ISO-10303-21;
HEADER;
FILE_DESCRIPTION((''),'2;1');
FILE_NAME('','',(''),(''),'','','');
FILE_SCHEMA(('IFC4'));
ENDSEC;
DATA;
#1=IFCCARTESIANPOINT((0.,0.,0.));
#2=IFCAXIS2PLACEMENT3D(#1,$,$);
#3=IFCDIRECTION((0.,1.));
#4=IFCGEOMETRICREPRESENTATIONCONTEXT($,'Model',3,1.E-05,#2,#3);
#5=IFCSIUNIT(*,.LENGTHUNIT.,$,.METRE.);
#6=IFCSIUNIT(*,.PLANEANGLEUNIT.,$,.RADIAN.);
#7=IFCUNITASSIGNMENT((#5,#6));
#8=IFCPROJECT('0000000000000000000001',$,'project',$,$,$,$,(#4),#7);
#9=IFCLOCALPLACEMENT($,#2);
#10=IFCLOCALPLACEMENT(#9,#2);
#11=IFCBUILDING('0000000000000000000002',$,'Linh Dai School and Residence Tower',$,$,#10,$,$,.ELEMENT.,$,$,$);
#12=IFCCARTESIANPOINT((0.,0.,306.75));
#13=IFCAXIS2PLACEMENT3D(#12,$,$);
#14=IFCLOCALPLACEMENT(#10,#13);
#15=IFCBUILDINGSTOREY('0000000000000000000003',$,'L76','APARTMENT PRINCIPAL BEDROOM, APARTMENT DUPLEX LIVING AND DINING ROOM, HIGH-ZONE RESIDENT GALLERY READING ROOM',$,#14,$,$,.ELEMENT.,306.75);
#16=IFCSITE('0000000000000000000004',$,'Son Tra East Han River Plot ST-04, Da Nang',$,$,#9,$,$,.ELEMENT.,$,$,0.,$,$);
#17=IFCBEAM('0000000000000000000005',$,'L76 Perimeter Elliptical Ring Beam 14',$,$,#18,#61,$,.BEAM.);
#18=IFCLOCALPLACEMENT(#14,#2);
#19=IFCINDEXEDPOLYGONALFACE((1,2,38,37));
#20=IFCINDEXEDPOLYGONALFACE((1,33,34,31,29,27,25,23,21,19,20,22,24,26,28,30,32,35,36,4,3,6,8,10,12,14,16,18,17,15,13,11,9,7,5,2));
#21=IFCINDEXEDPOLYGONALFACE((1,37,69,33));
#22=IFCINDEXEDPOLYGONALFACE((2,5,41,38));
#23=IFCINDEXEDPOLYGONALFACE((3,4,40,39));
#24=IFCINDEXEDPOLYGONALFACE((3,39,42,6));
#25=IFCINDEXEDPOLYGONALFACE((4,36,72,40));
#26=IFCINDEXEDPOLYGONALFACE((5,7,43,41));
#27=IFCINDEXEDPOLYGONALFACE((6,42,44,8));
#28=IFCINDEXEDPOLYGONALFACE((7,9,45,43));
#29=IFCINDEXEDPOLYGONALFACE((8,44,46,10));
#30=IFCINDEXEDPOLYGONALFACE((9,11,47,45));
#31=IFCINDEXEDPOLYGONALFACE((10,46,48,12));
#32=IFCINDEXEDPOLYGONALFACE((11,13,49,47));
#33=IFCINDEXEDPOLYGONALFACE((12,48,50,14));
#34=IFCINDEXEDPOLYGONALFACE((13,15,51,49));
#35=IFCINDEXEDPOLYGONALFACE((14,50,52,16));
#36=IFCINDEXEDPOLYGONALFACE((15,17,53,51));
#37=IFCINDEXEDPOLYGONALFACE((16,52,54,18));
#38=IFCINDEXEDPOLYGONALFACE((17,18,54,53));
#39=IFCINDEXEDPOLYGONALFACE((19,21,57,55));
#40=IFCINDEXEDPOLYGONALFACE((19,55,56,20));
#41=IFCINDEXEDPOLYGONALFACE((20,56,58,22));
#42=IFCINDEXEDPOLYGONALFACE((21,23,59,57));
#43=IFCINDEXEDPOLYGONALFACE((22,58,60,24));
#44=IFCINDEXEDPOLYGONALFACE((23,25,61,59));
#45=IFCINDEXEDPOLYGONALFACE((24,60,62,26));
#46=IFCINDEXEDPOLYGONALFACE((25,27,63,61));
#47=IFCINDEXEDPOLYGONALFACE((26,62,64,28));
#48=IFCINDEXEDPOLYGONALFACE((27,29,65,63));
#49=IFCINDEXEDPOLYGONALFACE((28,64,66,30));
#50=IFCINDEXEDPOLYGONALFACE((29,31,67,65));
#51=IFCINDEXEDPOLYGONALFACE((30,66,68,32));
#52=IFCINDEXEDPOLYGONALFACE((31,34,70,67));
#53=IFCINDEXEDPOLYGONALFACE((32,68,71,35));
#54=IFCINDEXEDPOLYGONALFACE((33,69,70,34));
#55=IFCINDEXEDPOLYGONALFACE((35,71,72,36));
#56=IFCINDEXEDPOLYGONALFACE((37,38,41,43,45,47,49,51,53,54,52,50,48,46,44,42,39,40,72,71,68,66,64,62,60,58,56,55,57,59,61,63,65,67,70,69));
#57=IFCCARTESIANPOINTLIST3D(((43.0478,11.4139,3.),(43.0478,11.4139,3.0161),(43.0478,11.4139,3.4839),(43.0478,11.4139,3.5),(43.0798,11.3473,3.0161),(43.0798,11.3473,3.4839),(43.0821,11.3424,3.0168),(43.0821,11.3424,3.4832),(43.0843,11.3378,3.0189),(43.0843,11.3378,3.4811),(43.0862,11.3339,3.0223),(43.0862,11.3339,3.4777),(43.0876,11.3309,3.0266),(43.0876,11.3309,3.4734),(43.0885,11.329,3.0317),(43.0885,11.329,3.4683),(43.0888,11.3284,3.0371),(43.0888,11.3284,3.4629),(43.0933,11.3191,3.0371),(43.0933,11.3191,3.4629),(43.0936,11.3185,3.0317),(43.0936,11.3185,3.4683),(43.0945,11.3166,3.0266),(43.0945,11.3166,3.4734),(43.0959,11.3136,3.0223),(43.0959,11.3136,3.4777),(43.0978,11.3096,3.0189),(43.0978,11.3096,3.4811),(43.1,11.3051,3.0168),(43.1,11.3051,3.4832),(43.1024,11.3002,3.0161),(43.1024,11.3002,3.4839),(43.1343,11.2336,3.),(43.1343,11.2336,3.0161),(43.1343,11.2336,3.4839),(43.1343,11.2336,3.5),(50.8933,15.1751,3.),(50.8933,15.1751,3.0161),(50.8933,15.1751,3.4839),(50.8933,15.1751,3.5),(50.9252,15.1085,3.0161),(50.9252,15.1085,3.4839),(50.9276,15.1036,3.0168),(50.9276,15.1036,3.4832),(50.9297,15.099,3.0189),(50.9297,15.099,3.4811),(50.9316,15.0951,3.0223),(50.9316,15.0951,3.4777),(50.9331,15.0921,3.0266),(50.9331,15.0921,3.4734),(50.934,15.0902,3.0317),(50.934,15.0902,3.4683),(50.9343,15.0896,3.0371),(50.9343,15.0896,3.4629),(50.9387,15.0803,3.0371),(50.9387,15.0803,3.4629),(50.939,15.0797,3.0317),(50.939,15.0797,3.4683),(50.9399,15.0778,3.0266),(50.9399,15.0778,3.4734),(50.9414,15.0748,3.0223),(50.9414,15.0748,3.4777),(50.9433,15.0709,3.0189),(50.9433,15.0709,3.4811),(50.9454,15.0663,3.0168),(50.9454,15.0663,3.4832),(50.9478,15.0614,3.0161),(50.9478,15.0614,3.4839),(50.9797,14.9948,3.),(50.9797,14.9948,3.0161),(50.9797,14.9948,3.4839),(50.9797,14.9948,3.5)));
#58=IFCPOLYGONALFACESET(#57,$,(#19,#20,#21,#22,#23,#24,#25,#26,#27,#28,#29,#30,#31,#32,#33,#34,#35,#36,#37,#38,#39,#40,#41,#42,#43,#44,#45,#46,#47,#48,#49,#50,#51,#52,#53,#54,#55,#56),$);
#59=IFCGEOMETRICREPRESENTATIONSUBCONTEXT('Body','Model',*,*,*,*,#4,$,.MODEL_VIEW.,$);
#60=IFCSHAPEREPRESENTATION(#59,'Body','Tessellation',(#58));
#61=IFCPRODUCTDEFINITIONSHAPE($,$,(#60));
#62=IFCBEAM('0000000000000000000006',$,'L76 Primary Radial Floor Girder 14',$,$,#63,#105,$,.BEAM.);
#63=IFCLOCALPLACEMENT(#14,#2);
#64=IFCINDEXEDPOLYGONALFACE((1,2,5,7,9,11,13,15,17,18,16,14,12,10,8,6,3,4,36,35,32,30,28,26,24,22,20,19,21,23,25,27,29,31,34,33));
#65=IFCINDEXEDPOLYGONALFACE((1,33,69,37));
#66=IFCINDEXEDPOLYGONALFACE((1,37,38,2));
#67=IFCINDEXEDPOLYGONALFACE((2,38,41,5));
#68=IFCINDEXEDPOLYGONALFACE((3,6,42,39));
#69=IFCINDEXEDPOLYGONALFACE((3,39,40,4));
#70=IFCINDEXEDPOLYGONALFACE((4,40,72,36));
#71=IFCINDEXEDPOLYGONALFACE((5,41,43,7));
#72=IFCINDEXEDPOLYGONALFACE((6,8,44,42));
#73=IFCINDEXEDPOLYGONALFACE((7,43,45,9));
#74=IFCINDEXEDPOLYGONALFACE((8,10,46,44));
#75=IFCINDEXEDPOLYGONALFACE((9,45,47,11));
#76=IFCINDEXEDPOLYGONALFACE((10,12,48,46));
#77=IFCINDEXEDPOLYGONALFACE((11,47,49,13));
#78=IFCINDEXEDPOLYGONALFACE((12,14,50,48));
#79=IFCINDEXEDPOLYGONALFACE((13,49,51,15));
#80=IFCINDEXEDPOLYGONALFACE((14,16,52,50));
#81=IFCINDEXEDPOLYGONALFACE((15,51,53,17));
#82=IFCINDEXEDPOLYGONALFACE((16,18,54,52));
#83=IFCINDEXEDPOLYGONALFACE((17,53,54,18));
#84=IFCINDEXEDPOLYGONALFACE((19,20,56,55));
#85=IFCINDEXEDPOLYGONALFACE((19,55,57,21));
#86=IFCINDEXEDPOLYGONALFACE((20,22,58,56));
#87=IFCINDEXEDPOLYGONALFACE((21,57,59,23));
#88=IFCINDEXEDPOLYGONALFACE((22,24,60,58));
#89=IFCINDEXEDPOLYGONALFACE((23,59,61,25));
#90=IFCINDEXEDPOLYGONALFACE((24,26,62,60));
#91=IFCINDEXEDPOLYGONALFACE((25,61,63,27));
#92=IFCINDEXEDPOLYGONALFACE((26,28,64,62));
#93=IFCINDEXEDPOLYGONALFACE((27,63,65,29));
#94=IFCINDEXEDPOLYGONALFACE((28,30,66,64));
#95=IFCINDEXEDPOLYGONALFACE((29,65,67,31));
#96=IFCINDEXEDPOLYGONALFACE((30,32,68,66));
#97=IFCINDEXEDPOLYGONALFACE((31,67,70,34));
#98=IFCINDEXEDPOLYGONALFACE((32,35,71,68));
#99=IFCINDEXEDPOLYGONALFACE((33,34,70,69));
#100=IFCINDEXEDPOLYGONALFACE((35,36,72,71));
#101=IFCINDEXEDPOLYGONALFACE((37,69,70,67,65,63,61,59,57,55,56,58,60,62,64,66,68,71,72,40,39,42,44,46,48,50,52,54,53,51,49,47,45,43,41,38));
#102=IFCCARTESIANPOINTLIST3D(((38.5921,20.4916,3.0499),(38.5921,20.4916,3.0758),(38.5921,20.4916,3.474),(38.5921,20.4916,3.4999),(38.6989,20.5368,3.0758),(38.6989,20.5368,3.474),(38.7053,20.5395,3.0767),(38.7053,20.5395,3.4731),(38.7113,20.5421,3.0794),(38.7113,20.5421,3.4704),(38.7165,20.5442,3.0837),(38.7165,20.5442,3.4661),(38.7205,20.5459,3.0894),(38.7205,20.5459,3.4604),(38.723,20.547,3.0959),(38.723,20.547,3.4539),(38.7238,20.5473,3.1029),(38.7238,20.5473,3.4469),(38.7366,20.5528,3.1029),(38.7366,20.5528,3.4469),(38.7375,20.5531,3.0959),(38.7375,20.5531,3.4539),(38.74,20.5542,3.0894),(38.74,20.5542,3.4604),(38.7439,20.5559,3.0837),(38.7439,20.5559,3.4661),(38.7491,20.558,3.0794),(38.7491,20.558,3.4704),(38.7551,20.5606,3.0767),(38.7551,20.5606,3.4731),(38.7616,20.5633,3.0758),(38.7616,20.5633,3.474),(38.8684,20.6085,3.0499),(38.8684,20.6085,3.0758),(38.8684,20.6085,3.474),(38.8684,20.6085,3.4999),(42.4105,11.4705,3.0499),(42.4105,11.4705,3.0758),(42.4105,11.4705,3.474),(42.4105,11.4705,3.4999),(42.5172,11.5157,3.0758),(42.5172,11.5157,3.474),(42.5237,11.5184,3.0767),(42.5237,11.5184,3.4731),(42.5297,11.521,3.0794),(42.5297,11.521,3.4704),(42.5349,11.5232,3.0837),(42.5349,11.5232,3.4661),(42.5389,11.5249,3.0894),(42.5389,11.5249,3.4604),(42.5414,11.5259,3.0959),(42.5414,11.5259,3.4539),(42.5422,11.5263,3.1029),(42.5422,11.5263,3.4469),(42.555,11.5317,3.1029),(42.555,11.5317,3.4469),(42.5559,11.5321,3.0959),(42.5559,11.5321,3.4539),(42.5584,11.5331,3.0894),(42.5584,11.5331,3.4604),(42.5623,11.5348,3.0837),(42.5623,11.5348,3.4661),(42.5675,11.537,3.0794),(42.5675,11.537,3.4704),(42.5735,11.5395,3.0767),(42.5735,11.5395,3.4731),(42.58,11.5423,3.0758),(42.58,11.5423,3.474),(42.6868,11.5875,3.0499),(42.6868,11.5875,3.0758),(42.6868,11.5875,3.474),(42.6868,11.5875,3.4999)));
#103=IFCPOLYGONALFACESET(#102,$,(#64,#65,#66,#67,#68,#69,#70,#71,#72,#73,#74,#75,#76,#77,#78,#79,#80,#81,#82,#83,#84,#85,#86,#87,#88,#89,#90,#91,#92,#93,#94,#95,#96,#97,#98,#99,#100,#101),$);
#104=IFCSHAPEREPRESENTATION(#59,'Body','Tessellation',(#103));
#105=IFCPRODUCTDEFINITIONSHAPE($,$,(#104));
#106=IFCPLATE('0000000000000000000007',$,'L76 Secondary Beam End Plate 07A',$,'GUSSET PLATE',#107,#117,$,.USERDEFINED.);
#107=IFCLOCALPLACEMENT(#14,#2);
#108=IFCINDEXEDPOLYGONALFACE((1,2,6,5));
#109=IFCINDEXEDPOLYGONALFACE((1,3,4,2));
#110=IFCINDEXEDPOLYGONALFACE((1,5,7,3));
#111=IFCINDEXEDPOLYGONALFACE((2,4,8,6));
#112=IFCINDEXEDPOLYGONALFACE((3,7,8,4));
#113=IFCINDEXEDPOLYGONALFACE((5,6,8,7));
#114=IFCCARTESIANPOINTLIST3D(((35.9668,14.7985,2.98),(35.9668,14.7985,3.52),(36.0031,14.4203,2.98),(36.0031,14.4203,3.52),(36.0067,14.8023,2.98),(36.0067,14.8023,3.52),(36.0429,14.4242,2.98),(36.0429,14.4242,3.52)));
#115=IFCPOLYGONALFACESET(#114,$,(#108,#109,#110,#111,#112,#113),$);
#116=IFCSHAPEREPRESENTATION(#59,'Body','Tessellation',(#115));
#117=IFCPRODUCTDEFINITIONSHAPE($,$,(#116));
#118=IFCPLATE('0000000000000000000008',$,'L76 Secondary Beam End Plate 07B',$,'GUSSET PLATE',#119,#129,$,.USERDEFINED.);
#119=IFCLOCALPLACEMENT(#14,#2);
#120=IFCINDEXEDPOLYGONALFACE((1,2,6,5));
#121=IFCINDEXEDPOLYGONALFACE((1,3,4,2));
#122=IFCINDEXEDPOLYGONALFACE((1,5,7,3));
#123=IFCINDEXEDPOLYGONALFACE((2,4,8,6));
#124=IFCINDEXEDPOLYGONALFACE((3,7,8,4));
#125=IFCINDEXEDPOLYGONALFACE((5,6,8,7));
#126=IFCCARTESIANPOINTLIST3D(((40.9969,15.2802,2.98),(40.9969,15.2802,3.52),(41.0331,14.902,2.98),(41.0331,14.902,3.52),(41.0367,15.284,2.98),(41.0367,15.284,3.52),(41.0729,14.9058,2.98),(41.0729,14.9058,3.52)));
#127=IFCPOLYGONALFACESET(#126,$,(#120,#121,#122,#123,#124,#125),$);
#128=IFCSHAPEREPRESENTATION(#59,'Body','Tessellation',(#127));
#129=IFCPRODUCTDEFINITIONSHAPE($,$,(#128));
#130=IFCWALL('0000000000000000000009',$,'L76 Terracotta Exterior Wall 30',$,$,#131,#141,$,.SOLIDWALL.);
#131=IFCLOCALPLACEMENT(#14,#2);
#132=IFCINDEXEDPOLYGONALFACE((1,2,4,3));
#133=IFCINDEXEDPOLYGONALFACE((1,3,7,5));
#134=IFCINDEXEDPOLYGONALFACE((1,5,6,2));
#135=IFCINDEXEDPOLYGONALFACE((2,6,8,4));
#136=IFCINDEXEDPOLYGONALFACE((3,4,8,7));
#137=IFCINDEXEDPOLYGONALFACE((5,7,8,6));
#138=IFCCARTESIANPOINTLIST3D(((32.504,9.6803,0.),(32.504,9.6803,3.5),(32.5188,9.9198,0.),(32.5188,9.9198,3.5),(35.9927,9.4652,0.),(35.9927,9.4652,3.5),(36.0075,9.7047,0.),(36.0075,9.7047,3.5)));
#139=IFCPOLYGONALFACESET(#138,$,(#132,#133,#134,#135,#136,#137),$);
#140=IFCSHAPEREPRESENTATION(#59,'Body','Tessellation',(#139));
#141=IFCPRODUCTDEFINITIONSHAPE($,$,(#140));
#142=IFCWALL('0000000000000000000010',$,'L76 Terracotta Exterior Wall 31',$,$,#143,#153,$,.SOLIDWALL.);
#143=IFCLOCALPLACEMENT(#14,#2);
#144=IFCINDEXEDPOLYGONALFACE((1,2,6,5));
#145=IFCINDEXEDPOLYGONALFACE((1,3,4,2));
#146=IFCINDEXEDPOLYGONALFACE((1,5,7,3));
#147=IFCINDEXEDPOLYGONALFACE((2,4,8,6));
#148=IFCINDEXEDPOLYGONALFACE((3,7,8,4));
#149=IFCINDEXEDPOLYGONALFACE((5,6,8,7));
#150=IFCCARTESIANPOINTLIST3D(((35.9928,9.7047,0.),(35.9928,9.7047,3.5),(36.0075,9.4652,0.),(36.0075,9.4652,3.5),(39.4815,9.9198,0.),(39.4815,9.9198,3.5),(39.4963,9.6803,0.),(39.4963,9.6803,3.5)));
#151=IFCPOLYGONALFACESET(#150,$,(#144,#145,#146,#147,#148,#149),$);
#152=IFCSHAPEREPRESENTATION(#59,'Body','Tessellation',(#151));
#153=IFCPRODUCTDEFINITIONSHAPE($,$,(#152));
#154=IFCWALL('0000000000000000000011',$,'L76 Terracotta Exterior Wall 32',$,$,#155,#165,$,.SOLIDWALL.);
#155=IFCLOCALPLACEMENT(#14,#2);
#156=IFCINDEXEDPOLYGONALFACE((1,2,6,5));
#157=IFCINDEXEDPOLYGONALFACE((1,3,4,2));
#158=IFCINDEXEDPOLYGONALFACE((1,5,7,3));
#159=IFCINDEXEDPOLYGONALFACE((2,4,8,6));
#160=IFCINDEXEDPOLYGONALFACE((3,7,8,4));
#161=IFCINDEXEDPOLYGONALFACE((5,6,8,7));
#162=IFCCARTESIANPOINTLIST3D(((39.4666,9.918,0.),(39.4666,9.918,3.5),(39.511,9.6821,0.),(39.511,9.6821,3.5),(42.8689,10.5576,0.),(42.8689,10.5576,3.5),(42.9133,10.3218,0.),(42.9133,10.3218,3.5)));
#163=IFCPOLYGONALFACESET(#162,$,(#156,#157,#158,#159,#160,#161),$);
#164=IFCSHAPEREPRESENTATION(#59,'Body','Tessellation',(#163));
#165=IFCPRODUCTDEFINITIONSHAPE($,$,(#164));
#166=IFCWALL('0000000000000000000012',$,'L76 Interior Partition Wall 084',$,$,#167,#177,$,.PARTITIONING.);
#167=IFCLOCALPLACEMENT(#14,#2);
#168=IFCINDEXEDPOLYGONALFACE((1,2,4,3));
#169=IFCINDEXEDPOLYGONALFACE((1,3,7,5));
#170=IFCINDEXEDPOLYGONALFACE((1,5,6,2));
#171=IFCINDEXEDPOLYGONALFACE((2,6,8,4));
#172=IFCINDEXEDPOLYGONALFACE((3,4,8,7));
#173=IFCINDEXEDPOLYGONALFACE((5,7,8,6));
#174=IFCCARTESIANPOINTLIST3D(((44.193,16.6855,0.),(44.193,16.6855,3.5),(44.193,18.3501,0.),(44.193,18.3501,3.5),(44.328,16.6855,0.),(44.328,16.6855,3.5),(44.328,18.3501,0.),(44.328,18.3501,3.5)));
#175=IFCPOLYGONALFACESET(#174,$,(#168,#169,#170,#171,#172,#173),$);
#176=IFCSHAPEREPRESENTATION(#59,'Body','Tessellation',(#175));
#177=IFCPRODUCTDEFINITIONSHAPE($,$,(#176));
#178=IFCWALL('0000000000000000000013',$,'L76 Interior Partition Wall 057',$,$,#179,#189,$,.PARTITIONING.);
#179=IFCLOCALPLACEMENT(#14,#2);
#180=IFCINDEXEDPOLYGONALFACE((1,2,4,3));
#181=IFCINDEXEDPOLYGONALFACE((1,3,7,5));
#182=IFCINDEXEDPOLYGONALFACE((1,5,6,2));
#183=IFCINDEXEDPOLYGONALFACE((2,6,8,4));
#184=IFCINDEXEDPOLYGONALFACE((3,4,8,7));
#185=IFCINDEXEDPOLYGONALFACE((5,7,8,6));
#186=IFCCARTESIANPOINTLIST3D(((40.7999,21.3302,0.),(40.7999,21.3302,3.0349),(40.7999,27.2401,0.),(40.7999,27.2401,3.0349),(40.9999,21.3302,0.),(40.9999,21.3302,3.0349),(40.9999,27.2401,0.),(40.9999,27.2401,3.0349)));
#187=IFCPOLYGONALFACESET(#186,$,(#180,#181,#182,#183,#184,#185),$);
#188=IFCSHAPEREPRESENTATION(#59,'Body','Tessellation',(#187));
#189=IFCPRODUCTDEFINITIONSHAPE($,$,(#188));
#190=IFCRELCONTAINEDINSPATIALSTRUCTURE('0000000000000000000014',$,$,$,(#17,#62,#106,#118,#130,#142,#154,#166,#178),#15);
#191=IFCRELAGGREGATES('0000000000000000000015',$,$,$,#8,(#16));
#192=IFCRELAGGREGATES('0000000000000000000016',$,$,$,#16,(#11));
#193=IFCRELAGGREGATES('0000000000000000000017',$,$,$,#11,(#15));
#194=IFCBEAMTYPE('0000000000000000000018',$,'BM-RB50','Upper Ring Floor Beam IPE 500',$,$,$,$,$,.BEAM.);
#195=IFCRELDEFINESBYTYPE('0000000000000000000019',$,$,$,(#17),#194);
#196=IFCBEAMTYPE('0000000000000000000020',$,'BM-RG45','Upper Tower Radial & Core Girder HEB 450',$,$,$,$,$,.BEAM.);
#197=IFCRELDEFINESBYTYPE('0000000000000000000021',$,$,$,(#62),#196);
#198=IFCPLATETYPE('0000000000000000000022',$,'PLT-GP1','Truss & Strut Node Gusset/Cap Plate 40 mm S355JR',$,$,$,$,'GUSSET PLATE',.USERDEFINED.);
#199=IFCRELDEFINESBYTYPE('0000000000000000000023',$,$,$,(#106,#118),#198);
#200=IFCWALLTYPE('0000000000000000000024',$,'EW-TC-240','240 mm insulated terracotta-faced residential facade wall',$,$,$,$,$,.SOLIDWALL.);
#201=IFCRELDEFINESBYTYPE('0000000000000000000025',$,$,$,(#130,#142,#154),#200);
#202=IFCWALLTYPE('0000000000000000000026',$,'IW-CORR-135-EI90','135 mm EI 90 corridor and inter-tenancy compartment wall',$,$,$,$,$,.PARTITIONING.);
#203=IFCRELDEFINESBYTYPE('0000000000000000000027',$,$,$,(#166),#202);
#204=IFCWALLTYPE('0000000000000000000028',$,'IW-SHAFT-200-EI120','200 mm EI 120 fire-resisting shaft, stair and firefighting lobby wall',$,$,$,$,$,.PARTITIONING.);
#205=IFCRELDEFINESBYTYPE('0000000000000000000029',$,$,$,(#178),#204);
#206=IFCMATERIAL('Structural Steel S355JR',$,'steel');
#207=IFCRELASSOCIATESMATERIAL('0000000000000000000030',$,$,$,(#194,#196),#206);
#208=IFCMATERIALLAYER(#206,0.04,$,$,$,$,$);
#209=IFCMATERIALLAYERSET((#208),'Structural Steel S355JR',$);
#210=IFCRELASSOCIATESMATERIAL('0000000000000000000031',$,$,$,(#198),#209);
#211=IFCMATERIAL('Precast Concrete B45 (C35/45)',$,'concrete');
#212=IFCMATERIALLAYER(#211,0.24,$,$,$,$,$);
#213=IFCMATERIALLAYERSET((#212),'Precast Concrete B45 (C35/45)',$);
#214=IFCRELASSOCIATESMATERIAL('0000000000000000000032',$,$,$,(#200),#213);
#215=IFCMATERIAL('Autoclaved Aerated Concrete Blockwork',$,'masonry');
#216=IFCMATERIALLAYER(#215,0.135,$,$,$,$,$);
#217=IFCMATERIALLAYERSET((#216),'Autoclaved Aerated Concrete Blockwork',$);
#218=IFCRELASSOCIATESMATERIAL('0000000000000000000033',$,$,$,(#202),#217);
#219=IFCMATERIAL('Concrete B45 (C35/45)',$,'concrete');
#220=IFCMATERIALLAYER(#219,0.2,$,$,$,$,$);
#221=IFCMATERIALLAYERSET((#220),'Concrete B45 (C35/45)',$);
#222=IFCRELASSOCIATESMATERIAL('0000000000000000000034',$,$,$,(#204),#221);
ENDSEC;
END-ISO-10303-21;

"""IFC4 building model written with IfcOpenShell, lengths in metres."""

from ifc_helpers import new_model, si_unit, direction, frame, frame_2d, origin, origin_2d, place, context, subcontext, project, spatial, rectangle, i_section, extrude, source, transform, mapped, material, layer, layer_set, material_profile, profile_set, type_object, element, save


model = new_model("IFC4")

# Units and contexts
model_context = context("Model", 3, precision=1e-05, world=origin(), true_north=direction((0.0, 1.0)))
body_context = subcontext(model_context, "Body", "Model", "MODEL_VIEW")
ifc_project = project(units=[si_unit("LENGTHUNIT", "METRE"), si_unit("PLANEANGLEUNIT", "RADIAN")], contexts=[model_context])

# Site, building, storey
site_placement = place(None, origin())
site = spatial("IfcSite", under=ifc_project, at=site_placement, Name="Son Tra East Han River Plot ST-04, Da Nang", CompositionType="ELEMENT", RefElevation=0.0)
building_placement = place(site_placement, origin())
building = spatial("IfcBuilding", under=site, at=building_placement, Name="Linh Dai School and Residence Tower", CompositionType="ELEMENT")
storey_placement = place(building_placement, frame((0.0, 0.0, 306.75)))
storey = spatial("IfcBuildingStorey", under=building, at=storey_placement, Name="L76", Description="APARTMENT PRINCIPAL BEDROOM, APARTMENT DUPLEX LIVING AND DINING ROOM, HIGH-ZONE RESIDENT GALLERY READING ROOM", CompositionType="ELEMENT", Elevation=306.75)

# Shared definitions
ifc_material_1 = material(Name="Structural Steel S355JR", Category="steel")

# Beams
ifc_material_profile_1 = material_profile(ifc_material_1, i_section(OverallWidth=0.2, OverallDepth=0.5, WebThickness=0.0103, FlangeThickness=0.0161, FilletRadius=0.021, at=origin_2d()), Name="IPE 500")
ifc_profile_set_1 = profile_set([ifc_material_profile_1], Name="Structural Steel S355JR")
beam_type_1 = type_object("IfcBeamType", Name="BM-RB50", Description="Upper Ring Floor Beam IPE 500", PredefinedType="BEAM", material=ifc_profile_set_1)
beam_1_placement = place(storey_placement, frame((43.0911, 11.3237, 3.25), z_axis=(0.901729, 0.432302, 0.0), x_axis=(-0.432302, 0.901729, 0.0)))
element("IfcBeam", 1, at=beam_1_placement, inside=storey, type_object=beam_type_1, Name="L76 Perimeter Elliptical Ring Beam 14", PredefinedType="BEAM", context=body_context, shape_type="SweptSolid", body=[
    extrude(i_section(OverallWidth=0.2, OverallDepth=0.5, WebThickness=0.0103, FlangeThickness=0.0161, FilletRadius=0.021, at=origin_2d()), origin(), (0.0, 0.0, 1.0), 8.7004),
])
ifc_material_profile_2 = material_profile(ifc_material_1, i_section(OverallWidth=0.3, OverallDepth=0.45, WebThickness=0.0139, FlangeThickness=0.0259, FilletRadius=0.0271, at=origin_2d()), Name="HEB 450")
ifc_profile_set_2 = profile_set([ifc_material_profile_2], Name="Structural Steel S355JR")
beam_type_2 = type_object("IfcBeamType", Name="BM-RG45", Description="Upper Tower Radial & Core Girder HEB 450", PredefinedType="BEAM", material=ifc_profile_set_2)
beam_2_placement = place(storey_placement, frame((38.7302, 20.55, 3.2749), z_axis=(0.389794, -0.920902, 0.0), x_axis=(0.920902, 0.389794, 0.0)))
element("IfcBeam", 2, at=beam_2_placement, inside=storey, type_object=beam_type_2, Name="L76 Primary Radial Floor Girder 14", PredefinedType="BEAM", context=body_context, shape_type="SweptSolid", body=[
    extrude(i_section(OverallWidth=0.3, OverallDepth=0.45, WebThickness=0.0139, FlangeThickness=0.0259, FilletRadius=0.0271, at=origin_2d()), origin(), (0.0, 0.0, 1.0), 9.7959),
])

# Plates
ifc_layer_1 = layer(ifc_material_1, 0.04)
ifc_layer_set_1 = layer_set([ifc_layer_1], Name="Structural Steel S355JR")
plate_type = type_object("IfcPlateType", Name="PLT-GP1", Description="Truss & Strut Node Gusset/Cap Plate 40 mm S355JR", ElementType="GUSSET PLATE", PredefinedType="USERDEFINED", material=ifc_layer_set_1)
shared_shape_1 = source(origin(), body_context, "Body", "SweptSolid", [
    extrude(rectangle(XDim=0.04, YDim=0.3799, at=origin_2d()), origin(), (0.0, 0.0, 1.0), 0.54),
])
for number, where, z_axis, x_axis, name in (
    (3, (36.0049, 14.6113, 2.98), (0.0, 0.0, 1.0), (0.995445, 0.095338, 0.0), "L76 Secondary Beam End Plate 07A"),
    (4, (41.0349, 15.093, 2.98), (0.0, 0.0, 1.0), (0.995445, 0.095338, 0.0), "L76 Secondary Beam End Plate 07B"),
):
    element("IfcPlate", number, at=place(storey_placement, frame(where, z_axis=z_axis, x_axis=x_axis)), inside=storey, type_object=plate_type, Name=name, ObjectType="GUSSET PLATE", PredefinedType="USERDEFINED", context=body_context, shape_type="MappedRepresentation", body=[
        mapped(shared_shape_1, transform((0.0, 0.0, 0.0), x_axis=(1.0, 0.0, 0.0), y_axis=(0.0, 1.0, 0.0), z_axis=(0.0, 0.0, 1.0), scale=1.0)),
    ])

# Walls
ifc_material_2 = material(Name="Precast Concrete B45 (C35/45)", Category="concrete")
ifc_layer_2 = layer(ifc_material_2, 0.24)
ifc_layer_set_2 = layer_set([ifc_layer_2], Name="Precast Concrete B45 (C35/45)")
wall_type_1 = type_object("IfcWallType", Name="EW-TC-240", Description="240 mm insulated terracotta-faced residential facade wall", PredefinedType="SOLIDWALL", material=ifc_layer_set_2)
for number, where, z_axis, x_axis, name in (
    (5, (36.0, 9.585, 0.0), (0.0, 0.0, 1.0), (-0.998105, 0.061535, 0.0), "L76 Terracotta Exterior Wall 30"),
    (6, (39.4888, 9.8, 0.0), (0.0, 0.0, 1.0), (-0.998105, -0.061535, 0.0), "L76 Terracotta Exterior Wall 31"),
):
    element("IfcWall", number, at=place(storey_placement, frame(where, z_axis=z_axis, x_axis=x_axis)), inside=storey, type_object=wall_type_1, Name=name, PredefinedType="SOLIDWALL", context=body_context, shape_type="SweptSolid", body=[
        extrude(rectangle(XDim=3.4954, YDim=0.24, at=frame_2d((1.7476, 0.0))), origin(), (0.0, 0.0, 1.0), 3.5),
    ])
wall_1_placement = place(storey_placement, frame((42.8911, 10.4397, 0.0), z_axis=(0.0, 0.0, 1.0), x_axis=(-0.982783, -0.184765, 0.0)))
element("IfcWall", 7, at=wall_1_placement, inside=storey, type_object=wall_type_1, Name="L76 Terracotta Exterior Wall 32", PredefinedType="SOLIDWALL", context=body_context, shape_type="SweptSolid", body=[
    extrude(rectangle(XDim=3.4619, YDim=0.24, at=frame_2d((1.731, 0.0))), origin(), (0.0, 0.0, 1.0), 3.5),
])
ifc_material_3 = material(Name="Autoclaved Aerated Concrete Blockwork", Category="masonry")
ifc_layer_3 = layer(ifc_material_3, 0.135)
ifc_layer_set_3 = layer_set([ifc_layer_3], Name="Autoclaved Aerated Concrete Blockwork")
wall_type_2 = type_object("IfcWallType", Name="IW-CORR-135-EI90", Description="135 mm EI 90 corridor and inter-tenancy compartment wall", PredefinedType="PARTITIONING", material=ifc_layer_set_3)
wall_2_placement = place(storey_placement, frame((44.2605, 18.3501, 0.0), z_axis=(0.0, 0.0, 1.0), x_axis=(0.0, -1.0, 0.0)))
element("IfcWall", 8, at=wall_2_placement, inside=storey, type_object=wall_type_2, Name="L76 Interior Partition Wall 084", PredefinedType="PARTITIONING", context=body_context, shape_type="SweptSolid", body=[
    extrude(rectangle(XDim=1.6646, YDim=0.135, at=frame_2d((0.8323, 0.0))), origin(), (0.0, 0.0, 1.0), 3.5),
])
ifc_material_4 = material(Name="Concrete B45 (C35/45)", Category="concrete")
ifc_layer_4 = layer(ifc_material_4, 0.2)
ifc_layer_set_4 = layer_set([ifc_layer_4], Name="Concrete B45 (C35/45)")
wall_type_3 = type_object("IfcWallType", Name="IW-SHAFT-200-EI120", Description="200 mm EI 120 fire-resisting shaft, stair and firefighting lobby wall", PredefinedType="PARTITIONING", material=ifc_layer_set_4)
wall_3_placement = place(storey_placement, frame((40.8999, 21.3301, 0.0), z_axis=(0.0, 0.0, 1.0), x_axis=(0.0, 1.0, 0.0)))
element("IfcWall", 9, at=wall_3_placement, inside=storey, type_object=wall_type_3, Name="L76 Interior Partition Wall 057", PredefinedType="PARTITIONING", context=body_context, shape_type="SweptSolid", body=[
    extrude(rectangle(XDim=5.9099, YDim=0.2, at=frame_2d((2.9551, 0.0))), origin(), (0.0, 0.0, 1.0), 3.0349),
])

save(model, "model.ifc")
